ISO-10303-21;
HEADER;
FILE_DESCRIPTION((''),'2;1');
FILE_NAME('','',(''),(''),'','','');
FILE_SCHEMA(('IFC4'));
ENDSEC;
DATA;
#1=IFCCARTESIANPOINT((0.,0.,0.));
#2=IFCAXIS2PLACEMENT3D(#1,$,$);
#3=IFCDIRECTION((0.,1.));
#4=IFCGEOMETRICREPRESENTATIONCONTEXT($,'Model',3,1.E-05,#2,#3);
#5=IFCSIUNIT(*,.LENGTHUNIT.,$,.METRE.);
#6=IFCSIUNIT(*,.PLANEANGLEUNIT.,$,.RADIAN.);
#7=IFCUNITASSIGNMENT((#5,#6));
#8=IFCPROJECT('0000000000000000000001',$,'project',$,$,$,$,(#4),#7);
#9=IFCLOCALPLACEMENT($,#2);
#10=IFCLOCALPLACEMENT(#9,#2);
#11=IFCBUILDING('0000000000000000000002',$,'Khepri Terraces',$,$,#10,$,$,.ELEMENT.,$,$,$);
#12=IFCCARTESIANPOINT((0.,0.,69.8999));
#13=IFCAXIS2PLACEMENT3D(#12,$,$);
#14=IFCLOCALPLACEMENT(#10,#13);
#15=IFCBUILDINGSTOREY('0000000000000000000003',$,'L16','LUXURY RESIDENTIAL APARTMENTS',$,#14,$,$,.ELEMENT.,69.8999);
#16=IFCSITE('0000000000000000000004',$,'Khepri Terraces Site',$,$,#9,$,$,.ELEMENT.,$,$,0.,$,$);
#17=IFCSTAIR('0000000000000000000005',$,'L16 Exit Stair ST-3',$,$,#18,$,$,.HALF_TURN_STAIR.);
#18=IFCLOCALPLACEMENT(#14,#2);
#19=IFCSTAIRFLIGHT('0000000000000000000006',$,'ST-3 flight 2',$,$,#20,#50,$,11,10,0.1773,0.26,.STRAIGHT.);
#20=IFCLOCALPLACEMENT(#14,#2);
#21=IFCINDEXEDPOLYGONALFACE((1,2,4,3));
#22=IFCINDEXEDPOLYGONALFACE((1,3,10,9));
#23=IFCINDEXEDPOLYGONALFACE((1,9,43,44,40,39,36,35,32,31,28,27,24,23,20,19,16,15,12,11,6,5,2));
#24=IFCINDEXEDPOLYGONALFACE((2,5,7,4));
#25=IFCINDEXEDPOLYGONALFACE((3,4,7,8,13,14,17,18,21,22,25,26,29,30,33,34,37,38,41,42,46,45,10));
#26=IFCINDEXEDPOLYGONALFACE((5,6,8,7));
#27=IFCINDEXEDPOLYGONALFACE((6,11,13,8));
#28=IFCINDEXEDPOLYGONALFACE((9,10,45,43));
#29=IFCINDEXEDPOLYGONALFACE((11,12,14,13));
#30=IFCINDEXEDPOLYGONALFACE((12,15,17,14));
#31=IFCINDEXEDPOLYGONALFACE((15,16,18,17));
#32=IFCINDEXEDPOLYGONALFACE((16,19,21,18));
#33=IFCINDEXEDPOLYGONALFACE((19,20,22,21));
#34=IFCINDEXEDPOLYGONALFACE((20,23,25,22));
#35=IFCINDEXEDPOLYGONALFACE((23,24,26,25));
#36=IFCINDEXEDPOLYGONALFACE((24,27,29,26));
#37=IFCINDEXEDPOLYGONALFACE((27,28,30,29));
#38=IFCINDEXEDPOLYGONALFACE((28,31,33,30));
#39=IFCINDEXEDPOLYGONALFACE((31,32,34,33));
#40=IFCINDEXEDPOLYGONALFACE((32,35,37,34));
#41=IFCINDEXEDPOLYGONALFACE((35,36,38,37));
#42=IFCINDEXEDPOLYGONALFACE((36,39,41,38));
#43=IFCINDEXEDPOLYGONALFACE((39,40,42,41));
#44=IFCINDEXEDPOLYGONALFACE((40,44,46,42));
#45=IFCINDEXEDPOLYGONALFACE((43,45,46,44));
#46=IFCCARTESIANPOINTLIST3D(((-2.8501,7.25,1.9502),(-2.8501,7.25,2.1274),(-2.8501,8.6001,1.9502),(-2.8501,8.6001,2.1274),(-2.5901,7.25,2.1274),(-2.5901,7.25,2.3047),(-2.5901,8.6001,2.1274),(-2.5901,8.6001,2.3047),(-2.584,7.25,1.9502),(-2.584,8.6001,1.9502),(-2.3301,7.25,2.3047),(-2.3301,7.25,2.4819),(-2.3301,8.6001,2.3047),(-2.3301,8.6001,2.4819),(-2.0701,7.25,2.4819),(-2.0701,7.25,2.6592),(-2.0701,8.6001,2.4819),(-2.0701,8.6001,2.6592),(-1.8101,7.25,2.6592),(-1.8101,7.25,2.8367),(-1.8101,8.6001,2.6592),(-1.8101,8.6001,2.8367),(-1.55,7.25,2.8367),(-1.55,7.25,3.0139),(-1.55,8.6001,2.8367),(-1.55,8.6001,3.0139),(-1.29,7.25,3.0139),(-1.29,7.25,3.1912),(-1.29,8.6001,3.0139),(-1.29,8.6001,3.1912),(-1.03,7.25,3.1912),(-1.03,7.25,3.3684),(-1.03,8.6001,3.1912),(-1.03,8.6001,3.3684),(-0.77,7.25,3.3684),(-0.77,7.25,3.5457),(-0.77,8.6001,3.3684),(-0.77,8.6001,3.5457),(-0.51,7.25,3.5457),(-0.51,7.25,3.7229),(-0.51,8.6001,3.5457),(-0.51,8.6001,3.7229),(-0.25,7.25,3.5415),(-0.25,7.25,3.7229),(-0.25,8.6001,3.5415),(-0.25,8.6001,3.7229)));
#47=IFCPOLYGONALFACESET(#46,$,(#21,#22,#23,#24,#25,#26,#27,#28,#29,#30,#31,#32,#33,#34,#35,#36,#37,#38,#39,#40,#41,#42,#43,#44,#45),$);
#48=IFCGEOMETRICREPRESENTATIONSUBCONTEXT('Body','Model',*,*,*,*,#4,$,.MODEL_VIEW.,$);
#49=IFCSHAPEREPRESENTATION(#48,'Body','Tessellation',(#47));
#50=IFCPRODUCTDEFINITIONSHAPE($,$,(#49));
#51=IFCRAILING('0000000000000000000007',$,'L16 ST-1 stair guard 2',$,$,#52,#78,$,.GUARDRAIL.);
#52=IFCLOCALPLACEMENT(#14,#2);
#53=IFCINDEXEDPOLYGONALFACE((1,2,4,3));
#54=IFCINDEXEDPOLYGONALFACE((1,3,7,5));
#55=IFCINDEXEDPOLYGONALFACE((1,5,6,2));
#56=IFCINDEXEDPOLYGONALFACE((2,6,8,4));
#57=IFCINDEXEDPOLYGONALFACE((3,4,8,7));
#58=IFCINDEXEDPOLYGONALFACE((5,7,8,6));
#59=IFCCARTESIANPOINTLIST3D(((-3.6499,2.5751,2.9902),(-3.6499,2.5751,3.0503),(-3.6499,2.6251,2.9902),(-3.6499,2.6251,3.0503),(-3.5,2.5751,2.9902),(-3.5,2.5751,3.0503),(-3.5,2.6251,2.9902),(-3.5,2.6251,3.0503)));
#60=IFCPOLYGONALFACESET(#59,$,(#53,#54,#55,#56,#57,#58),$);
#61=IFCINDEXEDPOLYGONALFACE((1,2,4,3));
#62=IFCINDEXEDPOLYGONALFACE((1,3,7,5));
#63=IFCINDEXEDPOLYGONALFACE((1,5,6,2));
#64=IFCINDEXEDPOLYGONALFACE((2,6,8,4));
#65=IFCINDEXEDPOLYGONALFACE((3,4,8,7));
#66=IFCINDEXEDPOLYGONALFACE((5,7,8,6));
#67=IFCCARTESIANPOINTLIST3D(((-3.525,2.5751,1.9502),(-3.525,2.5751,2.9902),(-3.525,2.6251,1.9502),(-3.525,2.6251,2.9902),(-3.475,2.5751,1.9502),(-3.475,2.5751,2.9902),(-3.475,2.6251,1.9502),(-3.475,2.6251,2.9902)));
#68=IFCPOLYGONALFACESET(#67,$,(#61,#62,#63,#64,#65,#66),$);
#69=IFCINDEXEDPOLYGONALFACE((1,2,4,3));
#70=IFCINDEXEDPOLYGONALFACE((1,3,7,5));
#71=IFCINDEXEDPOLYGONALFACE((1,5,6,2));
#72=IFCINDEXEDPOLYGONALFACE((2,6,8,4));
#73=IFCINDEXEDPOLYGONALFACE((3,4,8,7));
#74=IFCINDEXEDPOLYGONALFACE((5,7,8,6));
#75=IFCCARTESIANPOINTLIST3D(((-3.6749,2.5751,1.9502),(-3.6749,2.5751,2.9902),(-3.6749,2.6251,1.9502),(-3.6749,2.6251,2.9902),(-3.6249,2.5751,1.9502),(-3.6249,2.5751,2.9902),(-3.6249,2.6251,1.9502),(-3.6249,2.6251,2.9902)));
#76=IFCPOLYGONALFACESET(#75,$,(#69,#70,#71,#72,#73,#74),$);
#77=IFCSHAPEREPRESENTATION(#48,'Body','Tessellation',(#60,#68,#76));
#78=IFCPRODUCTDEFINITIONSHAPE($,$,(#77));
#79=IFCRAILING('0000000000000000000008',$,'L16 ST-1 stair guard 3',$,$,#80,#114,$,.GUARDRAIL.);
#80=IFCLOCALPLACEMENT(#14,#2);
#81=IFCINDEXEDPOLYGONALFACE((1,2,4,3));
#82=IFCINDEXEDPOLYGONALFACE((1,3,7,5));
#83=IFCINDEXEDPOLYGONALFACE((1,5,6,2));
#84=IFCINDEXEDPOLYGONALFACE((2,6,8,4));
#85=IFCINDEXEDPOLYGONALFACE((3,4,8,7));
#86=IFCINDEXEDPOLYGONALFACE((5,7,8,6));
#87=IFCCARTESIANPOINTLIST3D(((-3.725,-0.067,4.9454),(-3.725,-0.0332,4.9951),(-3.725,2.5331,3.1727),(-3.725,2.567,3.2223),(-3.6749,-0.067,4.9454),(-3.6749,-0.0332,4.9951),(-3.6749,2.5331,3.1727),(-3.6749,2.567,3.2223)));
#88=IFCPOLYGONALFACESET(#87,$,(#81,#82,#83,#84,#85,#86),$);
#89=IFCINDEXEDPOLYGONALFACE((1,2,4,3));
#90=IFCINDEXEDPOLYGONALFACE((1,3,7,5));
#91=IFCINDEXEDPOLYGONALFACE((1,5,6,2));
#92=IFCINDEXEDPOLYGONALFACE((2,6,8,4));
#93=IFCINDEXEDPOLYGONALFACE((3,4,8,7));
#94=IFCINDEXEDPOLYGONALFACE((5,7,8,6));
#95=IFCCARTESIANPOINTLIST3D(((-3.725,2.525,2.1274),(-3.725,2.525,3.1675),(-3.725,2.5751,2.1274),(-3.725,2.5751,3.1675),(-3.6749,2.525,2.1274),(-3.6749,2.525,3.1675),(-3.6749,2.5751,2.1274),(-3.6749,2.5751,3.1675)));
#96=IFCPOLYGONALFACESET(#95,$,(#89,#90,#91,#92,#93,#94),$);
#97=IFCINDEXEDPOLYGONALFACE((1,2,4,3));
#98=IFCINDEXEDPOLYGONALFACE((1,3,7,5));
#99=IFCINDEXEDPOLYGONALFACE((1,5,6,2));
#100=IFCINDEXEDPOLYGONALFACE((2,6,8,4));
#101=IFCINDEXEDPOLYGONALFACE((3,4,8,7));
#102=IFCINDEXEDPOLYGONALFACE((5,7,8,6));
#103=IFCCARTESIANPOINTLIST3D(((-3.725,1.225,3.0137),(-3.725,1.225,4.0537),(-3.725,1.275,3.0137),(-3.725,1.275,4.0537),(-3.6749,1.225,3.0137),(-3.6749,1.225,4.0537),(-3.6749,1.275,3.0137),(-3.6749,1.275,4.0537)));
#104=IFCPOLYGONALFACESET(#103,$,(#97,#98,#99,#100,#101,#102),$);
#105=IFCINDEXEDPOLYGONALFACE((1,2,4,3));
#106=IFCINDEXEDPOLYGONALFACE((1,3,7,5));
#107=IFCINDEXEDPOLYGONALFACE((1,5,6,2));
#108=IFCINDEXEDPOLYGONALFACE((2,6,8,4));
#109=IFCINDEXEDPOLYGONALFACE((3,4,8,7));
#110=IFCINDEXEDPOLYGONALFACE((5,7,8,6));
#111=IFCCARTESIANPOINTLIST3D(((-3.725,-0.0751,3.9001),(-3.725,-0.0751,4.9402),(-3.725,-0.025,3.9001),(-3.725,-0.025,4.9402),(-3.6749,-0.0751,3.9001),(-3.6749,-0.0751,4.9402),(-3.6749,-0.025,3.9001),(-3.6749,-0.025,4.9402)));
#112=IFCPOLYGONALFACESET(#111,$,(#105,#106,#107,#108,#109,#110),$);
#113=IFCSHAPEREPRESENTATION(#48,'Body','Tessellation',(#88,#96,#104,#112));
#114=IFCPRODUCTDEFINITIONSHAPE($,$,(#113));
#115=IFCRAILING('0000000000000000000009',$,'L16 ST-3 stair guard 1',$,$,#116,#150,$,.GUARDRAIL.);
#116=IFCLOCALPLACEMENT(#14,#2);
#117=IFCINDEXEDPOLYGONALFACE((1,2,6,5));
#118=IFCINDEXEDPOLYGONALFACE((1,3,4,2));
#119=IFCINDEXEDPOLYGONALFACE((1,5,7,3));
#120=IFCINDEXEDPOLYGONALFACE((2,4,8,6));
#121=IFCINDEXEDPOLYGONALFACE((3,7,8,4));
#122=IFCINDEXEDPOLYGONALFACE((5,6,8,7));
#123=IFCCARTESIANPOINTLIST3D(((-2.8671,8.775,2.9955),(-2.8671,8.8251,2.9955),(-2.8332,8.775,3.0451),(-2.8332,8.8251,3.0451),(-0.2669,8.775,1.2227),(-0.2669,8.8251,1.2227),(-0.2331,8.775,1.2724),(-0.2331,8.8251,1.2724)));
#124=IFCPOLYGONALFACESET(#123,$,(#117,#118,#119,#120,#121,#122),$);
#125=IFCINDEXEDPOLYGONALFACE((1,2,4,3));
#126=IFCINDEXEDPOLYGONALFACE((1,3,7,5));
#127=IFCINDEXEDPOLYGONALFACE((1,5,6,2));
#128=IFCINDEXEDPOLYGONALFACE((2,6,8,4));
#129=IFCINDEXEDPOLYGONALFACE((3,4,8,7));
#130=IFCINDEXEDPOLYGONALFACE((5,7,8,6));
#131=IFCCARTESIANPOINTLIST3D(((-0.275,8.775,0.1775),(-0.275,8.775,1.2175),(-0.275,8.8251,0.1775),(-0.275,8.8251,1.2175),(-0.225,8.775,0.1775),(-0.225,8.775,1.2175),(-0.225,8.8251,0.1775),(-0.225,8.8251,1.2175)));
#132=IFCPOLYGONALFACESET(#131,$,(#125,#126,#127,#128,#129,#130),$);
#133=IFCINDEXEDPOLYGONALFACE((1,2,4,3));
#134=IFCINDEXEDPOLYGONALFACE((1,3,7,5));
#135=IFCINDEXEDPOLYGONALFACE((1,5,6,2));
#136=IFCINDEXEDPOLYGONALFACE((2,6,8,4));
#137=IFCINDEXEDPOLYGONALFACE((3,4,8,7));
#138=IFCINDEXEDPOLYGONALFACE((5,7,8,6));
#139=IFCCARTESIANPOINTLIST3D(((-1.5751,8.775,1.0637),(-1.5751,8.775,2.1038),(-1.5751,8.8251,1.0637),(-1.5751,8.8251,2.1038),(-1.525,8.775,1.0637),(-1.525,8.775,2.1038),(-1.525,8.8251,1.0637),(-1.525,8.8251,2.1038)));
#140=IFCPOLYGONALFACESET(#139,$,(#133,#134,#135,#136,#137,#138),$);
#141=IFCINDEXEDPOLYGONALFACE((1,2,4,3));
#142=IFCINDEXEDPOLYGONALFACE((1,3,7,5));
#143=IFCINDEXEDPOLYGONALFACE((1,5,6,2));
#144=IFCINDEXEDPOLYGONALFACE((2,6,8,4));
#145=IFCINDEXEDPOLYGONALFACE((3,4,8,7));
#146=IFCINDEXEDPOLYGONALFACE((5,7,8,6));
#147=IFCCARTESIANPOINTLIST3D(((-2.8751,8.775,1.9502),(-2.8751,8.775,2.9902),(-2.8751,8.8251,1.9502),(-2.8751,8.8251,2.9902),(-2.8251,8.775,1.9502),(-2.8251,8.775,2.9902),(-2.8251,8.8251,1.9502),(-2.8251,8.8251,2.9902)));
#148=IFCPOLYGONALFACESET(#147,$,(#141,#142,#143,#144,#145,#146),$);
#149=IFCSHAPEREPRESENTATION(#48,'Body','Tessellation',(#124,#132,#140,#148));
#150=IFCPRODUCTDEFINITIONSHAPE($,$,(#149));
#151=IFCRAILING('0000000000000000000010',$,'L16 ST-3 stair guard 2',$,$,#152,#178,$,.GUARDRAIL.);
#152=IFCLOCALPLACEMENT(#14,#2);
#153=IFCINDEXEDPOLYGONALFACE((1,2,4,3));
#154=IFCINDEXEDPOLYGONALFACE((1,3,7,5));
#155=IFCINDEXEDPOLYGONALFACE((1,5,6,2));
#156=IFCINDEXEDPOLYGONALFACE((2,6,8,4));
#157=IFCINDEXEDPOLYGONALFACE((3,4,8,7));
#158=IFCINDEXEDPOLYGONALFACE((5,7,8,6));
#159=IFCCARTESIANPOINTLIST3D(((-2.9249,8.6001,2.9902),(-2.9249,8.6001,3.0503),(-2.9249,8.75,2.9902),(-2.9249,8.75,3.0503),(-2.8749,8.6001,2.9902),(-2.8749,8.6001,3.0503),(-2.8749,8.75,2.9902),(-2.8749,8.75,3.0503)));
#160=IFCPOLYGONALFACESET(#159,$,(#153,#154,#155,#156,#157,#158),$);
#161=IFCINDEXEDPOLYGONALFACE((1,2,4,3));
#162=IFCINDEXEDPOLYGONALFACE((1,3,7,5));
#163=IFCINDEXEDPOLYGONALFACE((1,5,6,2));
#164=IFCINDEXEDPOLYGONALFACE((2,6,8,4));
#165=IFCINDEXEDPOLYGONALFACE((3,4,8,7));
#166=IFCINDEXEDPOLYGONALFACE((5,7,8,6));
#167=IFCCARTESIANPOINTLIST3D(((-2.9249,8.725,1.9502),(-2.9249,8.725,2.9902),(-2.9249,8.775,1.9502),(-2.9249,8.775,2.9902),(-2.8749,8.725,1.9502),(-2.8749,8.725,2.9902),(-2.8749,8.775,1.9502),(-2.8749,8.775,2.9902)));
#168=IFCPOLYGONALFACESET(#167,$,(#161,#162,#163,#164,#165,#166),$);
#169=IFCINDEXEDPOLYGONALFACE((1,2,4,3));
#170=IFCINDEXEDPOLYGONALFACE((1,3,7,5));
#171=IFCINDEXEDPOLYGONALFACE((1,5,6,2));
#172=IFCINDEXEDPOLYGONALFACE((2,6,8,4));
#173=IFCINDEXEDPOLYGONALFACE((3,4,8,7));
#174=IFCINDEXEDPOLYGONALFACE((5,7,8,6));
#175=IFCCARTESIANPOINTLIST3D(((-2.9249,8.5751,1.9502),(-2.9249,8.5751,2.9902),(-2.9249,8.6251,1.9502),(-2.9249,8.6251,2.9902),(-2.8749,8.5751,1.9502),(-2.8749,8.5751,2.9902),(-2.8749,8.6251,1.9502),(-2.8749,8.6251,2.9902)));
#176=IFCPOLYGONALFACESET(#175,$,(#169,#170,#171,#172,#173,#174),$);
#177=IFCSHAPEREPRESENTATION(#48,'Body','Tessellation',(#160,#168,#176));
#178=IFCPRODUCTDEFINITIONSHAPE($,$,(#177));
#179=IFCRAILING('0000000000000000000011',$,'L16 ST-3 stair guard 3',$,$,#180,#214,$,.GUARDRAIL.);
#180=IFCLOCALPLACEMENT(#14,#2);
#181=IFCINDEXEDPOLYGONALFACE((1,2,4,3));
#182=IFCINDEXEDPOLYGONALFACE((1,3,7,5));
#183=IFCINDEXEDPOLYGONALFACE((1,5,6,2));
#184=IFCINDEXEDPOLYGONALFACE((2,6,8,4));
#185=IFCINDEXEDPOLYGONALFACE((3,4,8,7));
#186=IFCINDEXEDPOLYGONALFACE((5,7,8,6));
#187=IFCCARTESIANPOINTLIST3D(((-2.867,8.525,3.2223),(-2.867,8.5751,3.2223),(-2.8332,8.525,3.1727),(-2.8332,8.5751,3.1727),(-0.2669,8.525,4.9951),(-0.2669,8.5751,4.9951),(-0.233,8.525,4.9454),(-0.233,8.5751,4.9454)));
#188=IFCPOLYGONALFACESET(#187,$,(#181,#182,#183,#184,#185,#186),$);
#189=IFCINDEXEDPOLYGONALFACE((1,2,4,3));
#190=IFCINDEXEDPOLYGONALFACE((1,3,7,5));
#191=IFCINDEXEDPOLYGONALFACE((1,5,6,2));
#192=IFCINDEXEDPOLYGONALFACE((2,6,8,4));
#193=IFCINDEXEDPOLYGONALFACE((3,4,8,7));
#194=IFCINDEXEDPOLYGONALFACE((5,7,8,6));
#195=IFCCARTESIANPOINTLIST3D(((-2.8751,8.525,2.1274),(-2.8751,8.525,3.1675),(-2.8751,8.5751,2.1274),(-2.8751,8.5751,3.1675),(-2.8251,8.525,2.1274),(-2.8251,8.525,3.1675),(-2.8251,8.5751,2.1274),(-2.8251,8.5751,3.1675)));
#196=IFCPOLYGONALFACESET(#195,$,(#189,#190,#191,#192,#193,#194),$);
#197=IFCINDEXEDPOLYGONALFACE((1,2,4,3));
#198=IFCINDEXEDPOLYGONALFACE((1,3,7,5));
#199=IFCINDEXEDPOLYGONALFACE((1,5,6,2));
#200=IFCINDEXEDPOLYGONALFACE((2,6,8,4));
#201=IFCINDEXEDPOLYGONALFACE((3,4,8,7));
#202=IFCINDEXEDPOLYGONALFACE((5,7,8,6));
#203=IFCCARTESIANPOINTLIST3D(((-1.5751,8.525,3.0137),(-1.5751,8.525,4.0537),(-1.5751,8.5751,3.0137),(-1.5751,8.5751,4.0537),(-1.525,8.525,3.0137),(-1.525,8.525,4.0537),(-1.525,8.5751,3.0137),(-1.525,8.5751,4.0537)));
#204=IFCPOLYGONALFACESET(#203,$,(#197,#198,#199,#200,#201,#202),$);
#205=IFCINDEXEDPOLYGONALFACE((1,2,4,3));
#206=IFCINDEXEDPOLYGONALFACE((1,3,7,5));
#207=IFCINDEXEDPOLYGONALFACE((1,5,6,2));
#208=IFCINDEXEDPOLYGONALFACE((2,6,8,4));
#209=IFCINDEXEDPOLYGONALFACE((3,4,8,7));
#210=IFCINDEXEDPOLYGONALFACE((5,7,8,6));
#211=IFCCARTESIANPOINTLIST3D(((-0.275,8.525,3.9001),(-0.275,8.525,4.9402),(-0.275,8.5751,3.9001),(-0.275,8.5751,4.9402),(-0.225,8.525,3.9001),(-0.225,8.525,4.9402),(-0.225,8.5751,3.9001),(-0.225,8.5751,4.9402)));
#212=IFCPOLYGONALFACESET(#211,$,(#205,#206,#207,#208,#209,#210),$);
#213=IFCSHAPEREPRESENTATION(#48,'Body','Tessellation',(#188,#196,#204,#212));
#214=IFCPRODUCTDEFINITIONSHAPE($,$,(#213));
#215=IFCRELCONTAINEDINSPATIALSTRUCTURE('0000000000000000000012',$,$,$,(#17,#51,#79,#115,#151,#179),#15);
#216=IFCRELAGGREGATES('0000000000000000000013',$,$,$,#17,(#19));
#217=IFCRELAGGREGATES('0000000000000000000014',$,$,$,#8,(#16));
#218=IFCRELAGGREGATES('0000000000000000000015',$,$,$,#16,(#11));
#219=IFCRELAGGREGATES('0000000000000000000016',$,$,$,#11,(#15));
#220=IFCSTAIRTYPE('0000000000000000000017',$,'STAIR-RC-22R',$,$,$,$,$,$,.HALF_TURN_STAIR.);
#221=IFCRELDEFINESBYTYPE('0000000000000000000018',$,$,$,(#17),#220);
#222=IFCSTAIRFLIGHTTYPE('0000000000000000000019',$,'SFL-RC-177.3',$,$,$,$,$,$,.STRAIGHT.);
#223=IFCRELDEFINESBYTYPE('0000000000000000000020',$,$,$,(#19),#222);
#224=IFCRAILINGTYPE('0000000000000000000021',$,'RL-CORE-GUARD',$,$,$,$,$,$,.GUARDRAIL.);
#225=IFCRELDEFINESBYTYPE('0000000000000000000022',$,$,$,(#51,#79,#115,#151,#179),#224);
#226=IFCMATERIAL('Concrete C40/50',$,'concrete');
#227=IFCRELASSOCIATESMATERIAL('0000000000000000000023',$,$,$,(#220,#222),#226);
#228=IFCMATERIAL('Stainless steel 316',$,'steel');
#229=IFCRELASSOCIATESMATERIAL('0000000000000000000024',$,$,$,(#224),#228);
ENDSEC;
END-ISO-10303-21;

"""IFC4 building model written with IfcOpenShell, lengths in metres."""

from ifc_helpers import new_model, si_unit, direction, frame, origin, origin_2d, place, context, subcontext, project, spatial, polyline, rectangle, outline, extrude, material, type_object, element, aggregate, save


model = new_model("IFC4")

# Units and contexts
model_context = context("Model", 3, precision=1e-05, world=origin(), true_north=direction((0.0, 1.0)))
body_context = subcontext(model_context, "Body", "Model", "MODEL_VIEW")
ifc_project = project(units=[si_unit("LENGTHUNIT", "METRE"), si_unit("PLANEANGLEUNIT", "RADIAN")], contexts=[model_context])

# Site, building, storey
site_placement = place(None, origin())
site = spatial("IfcSite", under=ifc_project, at=site_placement, Name="Khepri Terraces Site", CompositionType="ELEMENT", RefElevation=0.0)
building_placement = place(site_placement, origin())
building = spatial("IfcBuilding", under=site, at=building_placement, Name="Khepri Terraces", CompositionType="ELEMENT")
storey_placement = place(building_placement, frame((0.0, 0.0, 69.8999)))
storey = spatial("IfcBuildingStorey", under=building, at=storey_placement, Name="L16", Description="LUXURY RESIDENTIAL APARTMENTS", CompositionType="ELEMENT", Elevation=69.8999)

# Stair, stair flight
ifc_material_1 = material(Name="Concrete C40/50", Category="concrete")
stair_type = type_object("IfcStairType", Name="STAIR-RC-22R", PredefinedType="HALF_TURN_STAIR", material=ifc_material_1)
stair_flight_type = type_object("IfcStairFlightType", Name="SFL-RC-177.3", PredefinedType="STRAIGHT", material=ifc_material_1)
stair_1_placement = place(storey_placement, origin())
stair_1 = element("IfcStair", 1, at=stair_1_placement, inside=storey, type_object=stair_type, Name="L16 Exit Stair ST-3", PredefinedType="HALF_TURN_STAIR")
stair_flight_1_placement = place(storey_placement, frame((-2.8501, 7.925, 1.9502), z_axis=(0.0, 0.0, 1.0), x_axis=(1.0, 0.0, 0.0)))
stair_flight_1 = element("IfcStairFlight", 2, at=stair_flight_1_placement, type_object=stair_flight_type, Name="ST-3 flight 2", NumberOfRisers=11, NumberOfTreads=10, PredefinedType="STRAIGHT", RiserHeight=0.1773, TreadLength=0.26, context=body_context, shape_type="SweptSolid", body=[
    extrude(outline(polyline([(0.0, 0.0), (0.0, 0.1772), (0.26, 0.1772), (0.26, 0.3545), (0.52, 0.3545), (0.52, 0.5317), (0.78, 0.5317), (0.78, 0.709), (1.04, 0.709), (1.04, 0.8865), (1.3, 0.8865), (1.3, 1.0637), (1.5601, 1.0637), (1.5601, 1.241), (1.8201, 1.241), (1.8201, 1.4182), (2.0801, 1.4182), (2.0801, 1.5955), (2.3401, 1.5955), (2.3401, 1.7727), (2.6001, 1.7727), (2.6001, 1.95), (2.6001, 1.5913), (0.2661, 0.0), (0.0, 0.0)])), frame((0.0, 0.675, 0.0), z_axis=(0.0, -1.0, 0.0), x_axis=(1.0, 0.0, 0.0)), (0.0, 0.0, 1.0), 1.3501),
])
aggregate(stair_1, [stair_flight_1])

# Railings
ifc_material_2 = material(Name="Stainless steel 316", Category="steel")
railing_type_1 = type_object("IfcRailingType", Name="RL-CORE-GUARD", PredefinedType="GUARDRAIL", material=ifc_material_2)
railing_1_placement = place(storey_placement, frame((-3.5, 2.6001, 1.9502)))
element("IfcRailing", 3, at=railing_1_placement, inside=storey, type_object=railing_type_1, Name="L16 ST-1 stair guard 2", PredefinedType="GUARDRAIL", context=body_context, shape_type="SweptSolid", body=[
    extrude(rectangle(XDim=0.05, YDim=0.0601, at=origin_2d()), frame((0.0, 0.0, 1.0701), z_axis=(-1.0, 0.0, 0.0), x_axis=(0.0, -1.0, 0.0)), (0.0, 0.0, 1.0), 0.1499),
    extrude(rectangle(XDim=0.05, YDim=0.05, at=origin_2d()), origin(), (0.0, 0.0, 1.0), 1.04),
    extrude(rectangle(XDim=0.05, YDim=0.05, at=origin_2d()), frame((-0.1499, 0.0, 0.0)), (0.0, 0.0, 1.0), 1.04),
])
railing_2_placement = place(storey_placement, frame((-3.7, 2.55, 2.1274)))
element("IfcRailing", 4, at=railing_2_placement, inside=storey, type_object=railing_type_1, Name="L16 ST-1 stair guard 3", PredefinedType="GUARDRAIL", context=body_context, shape_type="SweptSolid", body=[
    extrude(rectangle(XDim=0.05, YDim=0.0601, at=origin_2d()), frame((0.0, 0.0, 1.0701), z_axis=(0.0, -0.82624, 0.563318), x_axis=(1.0, 0.0, 0.0)), (0.0, 0.0, 1.0), 3.147),
    extrude(rectangle(XDim=0.05, YDim=0.05, at=origin_2d()), origin(), (0.0, 0.0, 1.0), 1.04),
    extrude(rectangle(XDim=0.05, YDim=0.05, at=origin_2d()), frame((0.0, -1.3, 0.8862)), (0.0, 0.0, 1.0), 1.04),
    extrude(rectangle(XDim=0.05, YDim=0.05, at=origin_2d()), frame((0.0, -2.6001, 1.7727)), (0.0, 0.0, 1.0), 1.04),
])
railing_3_placement = place(storey_placement, frame((-0.25, 8.8, 0.1775)))
element("IfcRailing", 5, at=railing_3_placement, inside=storey, type_object=railing_type_1, Name="L16 ST-3 stair guard 1", PredefinedType="GUARDRAIL", context=body_context, shape_type="SweptSolid", body=[
    extrude(rectangle(XDim=0.05, YDim=0.0601, at=origin_2d()), frame((0.0, 0.0, 1.0701), z_axis=(-0.82624, 0.0, 0.563318), x_axis=(0.0, -1.0, 0.0)), (0.0, 0.0, 1.0), 3.147),
    extrude(rectangle(XDim=0.05, YDim=0.05, at=origin_2d()), origin(), (0.0, 0.0, 1.0), 1.04),
    extrude(rectangle(XDim=0.05, YDim=0.05, at=origin_2d()), frame((-1.3, 0.0, 0.8862)), (0.0, 0.0, 1.0), 1.04),
    extrude(rectangle(XDim=0.05, YDim=0.05, at=origin_2d()), frame((-2.6001, 0.0, 1.7727)), (0.0, 0.0, 1.0), 1.04),
])
railing_4_placement = place(storey_placement, frame((-2.8999, 8.75, 1.9502)))
element("IfcRailing", 6, at=railing_4_placement, inside=storey, type_object=railing_type_1, Name="L16 ST-3 stair guard 2", PredefinedType="GUARDRAIL", context=body_context, shape_type="SweptSolid", body=[
    extrude(rectangle(XDim=0.05, YDim=0.0601, at=origin_2d()), frame((0.0, 0.0, 1.0701), z_axis=(0.0, -1.0, 0.0), x_axis=(1.0, 0.0, 0.0)), (0.0, 0.0, 1.0), 0.1499),
    extrude(rectangle(XDim=0.05, YDim=0.05, at=origin_2d()), origin(), (0.0, 0.0, 1.0), 1.04),
    extrude(rectangle(XDim=0.05, YDim=0.05, at=origin_2d()), frame((0.0, -0.1499, 0.0)), (0.0, 0.0, 1.0), 1.04),
])
railing_5_placement = place(storey_placement, frame((-2.8501, 8.55, 2.1274)))
element("IfcRailing", 7, at=railing_5_placement, inside=storey, type_object=railing_type_1, Name="L16 ST-3 stair guard 3", PredefinedType="GUARDRAIL", context=body_context, shape_type="SweptSolid", body=[
    extrude(rectangle(XDim=0.05, YDim=0.0601, at=origin_2d()), frame((0.0, 0.0, 1.0701), z_axis=(0.82624, 0.0, 0.563318), x_axis=(0.0, 1.0, 0.0)), (0.0, 0.0, 1.0), 3.147),
    extrude(rectangle(XDim=0.05, YDim=0.05, at=origin_2d()), origin(), (0.0, 0.0, 1.0), 1.04),
    extrude(rectangle(XDim=0.05, YDim=0.05, at=origin_2d()), frame((1.3, 0.0, 0.8862)), (0.0, 0.0, 1.0), 1.04),
    extrude(rectangle(XDim=0.05, YDim=0.05, at=origin_2d()), frame((2.6001, 0.0, 1.7727)), (0.0, 0.0, 1.0), 1.04),
])

save(model, "model.ifc")
